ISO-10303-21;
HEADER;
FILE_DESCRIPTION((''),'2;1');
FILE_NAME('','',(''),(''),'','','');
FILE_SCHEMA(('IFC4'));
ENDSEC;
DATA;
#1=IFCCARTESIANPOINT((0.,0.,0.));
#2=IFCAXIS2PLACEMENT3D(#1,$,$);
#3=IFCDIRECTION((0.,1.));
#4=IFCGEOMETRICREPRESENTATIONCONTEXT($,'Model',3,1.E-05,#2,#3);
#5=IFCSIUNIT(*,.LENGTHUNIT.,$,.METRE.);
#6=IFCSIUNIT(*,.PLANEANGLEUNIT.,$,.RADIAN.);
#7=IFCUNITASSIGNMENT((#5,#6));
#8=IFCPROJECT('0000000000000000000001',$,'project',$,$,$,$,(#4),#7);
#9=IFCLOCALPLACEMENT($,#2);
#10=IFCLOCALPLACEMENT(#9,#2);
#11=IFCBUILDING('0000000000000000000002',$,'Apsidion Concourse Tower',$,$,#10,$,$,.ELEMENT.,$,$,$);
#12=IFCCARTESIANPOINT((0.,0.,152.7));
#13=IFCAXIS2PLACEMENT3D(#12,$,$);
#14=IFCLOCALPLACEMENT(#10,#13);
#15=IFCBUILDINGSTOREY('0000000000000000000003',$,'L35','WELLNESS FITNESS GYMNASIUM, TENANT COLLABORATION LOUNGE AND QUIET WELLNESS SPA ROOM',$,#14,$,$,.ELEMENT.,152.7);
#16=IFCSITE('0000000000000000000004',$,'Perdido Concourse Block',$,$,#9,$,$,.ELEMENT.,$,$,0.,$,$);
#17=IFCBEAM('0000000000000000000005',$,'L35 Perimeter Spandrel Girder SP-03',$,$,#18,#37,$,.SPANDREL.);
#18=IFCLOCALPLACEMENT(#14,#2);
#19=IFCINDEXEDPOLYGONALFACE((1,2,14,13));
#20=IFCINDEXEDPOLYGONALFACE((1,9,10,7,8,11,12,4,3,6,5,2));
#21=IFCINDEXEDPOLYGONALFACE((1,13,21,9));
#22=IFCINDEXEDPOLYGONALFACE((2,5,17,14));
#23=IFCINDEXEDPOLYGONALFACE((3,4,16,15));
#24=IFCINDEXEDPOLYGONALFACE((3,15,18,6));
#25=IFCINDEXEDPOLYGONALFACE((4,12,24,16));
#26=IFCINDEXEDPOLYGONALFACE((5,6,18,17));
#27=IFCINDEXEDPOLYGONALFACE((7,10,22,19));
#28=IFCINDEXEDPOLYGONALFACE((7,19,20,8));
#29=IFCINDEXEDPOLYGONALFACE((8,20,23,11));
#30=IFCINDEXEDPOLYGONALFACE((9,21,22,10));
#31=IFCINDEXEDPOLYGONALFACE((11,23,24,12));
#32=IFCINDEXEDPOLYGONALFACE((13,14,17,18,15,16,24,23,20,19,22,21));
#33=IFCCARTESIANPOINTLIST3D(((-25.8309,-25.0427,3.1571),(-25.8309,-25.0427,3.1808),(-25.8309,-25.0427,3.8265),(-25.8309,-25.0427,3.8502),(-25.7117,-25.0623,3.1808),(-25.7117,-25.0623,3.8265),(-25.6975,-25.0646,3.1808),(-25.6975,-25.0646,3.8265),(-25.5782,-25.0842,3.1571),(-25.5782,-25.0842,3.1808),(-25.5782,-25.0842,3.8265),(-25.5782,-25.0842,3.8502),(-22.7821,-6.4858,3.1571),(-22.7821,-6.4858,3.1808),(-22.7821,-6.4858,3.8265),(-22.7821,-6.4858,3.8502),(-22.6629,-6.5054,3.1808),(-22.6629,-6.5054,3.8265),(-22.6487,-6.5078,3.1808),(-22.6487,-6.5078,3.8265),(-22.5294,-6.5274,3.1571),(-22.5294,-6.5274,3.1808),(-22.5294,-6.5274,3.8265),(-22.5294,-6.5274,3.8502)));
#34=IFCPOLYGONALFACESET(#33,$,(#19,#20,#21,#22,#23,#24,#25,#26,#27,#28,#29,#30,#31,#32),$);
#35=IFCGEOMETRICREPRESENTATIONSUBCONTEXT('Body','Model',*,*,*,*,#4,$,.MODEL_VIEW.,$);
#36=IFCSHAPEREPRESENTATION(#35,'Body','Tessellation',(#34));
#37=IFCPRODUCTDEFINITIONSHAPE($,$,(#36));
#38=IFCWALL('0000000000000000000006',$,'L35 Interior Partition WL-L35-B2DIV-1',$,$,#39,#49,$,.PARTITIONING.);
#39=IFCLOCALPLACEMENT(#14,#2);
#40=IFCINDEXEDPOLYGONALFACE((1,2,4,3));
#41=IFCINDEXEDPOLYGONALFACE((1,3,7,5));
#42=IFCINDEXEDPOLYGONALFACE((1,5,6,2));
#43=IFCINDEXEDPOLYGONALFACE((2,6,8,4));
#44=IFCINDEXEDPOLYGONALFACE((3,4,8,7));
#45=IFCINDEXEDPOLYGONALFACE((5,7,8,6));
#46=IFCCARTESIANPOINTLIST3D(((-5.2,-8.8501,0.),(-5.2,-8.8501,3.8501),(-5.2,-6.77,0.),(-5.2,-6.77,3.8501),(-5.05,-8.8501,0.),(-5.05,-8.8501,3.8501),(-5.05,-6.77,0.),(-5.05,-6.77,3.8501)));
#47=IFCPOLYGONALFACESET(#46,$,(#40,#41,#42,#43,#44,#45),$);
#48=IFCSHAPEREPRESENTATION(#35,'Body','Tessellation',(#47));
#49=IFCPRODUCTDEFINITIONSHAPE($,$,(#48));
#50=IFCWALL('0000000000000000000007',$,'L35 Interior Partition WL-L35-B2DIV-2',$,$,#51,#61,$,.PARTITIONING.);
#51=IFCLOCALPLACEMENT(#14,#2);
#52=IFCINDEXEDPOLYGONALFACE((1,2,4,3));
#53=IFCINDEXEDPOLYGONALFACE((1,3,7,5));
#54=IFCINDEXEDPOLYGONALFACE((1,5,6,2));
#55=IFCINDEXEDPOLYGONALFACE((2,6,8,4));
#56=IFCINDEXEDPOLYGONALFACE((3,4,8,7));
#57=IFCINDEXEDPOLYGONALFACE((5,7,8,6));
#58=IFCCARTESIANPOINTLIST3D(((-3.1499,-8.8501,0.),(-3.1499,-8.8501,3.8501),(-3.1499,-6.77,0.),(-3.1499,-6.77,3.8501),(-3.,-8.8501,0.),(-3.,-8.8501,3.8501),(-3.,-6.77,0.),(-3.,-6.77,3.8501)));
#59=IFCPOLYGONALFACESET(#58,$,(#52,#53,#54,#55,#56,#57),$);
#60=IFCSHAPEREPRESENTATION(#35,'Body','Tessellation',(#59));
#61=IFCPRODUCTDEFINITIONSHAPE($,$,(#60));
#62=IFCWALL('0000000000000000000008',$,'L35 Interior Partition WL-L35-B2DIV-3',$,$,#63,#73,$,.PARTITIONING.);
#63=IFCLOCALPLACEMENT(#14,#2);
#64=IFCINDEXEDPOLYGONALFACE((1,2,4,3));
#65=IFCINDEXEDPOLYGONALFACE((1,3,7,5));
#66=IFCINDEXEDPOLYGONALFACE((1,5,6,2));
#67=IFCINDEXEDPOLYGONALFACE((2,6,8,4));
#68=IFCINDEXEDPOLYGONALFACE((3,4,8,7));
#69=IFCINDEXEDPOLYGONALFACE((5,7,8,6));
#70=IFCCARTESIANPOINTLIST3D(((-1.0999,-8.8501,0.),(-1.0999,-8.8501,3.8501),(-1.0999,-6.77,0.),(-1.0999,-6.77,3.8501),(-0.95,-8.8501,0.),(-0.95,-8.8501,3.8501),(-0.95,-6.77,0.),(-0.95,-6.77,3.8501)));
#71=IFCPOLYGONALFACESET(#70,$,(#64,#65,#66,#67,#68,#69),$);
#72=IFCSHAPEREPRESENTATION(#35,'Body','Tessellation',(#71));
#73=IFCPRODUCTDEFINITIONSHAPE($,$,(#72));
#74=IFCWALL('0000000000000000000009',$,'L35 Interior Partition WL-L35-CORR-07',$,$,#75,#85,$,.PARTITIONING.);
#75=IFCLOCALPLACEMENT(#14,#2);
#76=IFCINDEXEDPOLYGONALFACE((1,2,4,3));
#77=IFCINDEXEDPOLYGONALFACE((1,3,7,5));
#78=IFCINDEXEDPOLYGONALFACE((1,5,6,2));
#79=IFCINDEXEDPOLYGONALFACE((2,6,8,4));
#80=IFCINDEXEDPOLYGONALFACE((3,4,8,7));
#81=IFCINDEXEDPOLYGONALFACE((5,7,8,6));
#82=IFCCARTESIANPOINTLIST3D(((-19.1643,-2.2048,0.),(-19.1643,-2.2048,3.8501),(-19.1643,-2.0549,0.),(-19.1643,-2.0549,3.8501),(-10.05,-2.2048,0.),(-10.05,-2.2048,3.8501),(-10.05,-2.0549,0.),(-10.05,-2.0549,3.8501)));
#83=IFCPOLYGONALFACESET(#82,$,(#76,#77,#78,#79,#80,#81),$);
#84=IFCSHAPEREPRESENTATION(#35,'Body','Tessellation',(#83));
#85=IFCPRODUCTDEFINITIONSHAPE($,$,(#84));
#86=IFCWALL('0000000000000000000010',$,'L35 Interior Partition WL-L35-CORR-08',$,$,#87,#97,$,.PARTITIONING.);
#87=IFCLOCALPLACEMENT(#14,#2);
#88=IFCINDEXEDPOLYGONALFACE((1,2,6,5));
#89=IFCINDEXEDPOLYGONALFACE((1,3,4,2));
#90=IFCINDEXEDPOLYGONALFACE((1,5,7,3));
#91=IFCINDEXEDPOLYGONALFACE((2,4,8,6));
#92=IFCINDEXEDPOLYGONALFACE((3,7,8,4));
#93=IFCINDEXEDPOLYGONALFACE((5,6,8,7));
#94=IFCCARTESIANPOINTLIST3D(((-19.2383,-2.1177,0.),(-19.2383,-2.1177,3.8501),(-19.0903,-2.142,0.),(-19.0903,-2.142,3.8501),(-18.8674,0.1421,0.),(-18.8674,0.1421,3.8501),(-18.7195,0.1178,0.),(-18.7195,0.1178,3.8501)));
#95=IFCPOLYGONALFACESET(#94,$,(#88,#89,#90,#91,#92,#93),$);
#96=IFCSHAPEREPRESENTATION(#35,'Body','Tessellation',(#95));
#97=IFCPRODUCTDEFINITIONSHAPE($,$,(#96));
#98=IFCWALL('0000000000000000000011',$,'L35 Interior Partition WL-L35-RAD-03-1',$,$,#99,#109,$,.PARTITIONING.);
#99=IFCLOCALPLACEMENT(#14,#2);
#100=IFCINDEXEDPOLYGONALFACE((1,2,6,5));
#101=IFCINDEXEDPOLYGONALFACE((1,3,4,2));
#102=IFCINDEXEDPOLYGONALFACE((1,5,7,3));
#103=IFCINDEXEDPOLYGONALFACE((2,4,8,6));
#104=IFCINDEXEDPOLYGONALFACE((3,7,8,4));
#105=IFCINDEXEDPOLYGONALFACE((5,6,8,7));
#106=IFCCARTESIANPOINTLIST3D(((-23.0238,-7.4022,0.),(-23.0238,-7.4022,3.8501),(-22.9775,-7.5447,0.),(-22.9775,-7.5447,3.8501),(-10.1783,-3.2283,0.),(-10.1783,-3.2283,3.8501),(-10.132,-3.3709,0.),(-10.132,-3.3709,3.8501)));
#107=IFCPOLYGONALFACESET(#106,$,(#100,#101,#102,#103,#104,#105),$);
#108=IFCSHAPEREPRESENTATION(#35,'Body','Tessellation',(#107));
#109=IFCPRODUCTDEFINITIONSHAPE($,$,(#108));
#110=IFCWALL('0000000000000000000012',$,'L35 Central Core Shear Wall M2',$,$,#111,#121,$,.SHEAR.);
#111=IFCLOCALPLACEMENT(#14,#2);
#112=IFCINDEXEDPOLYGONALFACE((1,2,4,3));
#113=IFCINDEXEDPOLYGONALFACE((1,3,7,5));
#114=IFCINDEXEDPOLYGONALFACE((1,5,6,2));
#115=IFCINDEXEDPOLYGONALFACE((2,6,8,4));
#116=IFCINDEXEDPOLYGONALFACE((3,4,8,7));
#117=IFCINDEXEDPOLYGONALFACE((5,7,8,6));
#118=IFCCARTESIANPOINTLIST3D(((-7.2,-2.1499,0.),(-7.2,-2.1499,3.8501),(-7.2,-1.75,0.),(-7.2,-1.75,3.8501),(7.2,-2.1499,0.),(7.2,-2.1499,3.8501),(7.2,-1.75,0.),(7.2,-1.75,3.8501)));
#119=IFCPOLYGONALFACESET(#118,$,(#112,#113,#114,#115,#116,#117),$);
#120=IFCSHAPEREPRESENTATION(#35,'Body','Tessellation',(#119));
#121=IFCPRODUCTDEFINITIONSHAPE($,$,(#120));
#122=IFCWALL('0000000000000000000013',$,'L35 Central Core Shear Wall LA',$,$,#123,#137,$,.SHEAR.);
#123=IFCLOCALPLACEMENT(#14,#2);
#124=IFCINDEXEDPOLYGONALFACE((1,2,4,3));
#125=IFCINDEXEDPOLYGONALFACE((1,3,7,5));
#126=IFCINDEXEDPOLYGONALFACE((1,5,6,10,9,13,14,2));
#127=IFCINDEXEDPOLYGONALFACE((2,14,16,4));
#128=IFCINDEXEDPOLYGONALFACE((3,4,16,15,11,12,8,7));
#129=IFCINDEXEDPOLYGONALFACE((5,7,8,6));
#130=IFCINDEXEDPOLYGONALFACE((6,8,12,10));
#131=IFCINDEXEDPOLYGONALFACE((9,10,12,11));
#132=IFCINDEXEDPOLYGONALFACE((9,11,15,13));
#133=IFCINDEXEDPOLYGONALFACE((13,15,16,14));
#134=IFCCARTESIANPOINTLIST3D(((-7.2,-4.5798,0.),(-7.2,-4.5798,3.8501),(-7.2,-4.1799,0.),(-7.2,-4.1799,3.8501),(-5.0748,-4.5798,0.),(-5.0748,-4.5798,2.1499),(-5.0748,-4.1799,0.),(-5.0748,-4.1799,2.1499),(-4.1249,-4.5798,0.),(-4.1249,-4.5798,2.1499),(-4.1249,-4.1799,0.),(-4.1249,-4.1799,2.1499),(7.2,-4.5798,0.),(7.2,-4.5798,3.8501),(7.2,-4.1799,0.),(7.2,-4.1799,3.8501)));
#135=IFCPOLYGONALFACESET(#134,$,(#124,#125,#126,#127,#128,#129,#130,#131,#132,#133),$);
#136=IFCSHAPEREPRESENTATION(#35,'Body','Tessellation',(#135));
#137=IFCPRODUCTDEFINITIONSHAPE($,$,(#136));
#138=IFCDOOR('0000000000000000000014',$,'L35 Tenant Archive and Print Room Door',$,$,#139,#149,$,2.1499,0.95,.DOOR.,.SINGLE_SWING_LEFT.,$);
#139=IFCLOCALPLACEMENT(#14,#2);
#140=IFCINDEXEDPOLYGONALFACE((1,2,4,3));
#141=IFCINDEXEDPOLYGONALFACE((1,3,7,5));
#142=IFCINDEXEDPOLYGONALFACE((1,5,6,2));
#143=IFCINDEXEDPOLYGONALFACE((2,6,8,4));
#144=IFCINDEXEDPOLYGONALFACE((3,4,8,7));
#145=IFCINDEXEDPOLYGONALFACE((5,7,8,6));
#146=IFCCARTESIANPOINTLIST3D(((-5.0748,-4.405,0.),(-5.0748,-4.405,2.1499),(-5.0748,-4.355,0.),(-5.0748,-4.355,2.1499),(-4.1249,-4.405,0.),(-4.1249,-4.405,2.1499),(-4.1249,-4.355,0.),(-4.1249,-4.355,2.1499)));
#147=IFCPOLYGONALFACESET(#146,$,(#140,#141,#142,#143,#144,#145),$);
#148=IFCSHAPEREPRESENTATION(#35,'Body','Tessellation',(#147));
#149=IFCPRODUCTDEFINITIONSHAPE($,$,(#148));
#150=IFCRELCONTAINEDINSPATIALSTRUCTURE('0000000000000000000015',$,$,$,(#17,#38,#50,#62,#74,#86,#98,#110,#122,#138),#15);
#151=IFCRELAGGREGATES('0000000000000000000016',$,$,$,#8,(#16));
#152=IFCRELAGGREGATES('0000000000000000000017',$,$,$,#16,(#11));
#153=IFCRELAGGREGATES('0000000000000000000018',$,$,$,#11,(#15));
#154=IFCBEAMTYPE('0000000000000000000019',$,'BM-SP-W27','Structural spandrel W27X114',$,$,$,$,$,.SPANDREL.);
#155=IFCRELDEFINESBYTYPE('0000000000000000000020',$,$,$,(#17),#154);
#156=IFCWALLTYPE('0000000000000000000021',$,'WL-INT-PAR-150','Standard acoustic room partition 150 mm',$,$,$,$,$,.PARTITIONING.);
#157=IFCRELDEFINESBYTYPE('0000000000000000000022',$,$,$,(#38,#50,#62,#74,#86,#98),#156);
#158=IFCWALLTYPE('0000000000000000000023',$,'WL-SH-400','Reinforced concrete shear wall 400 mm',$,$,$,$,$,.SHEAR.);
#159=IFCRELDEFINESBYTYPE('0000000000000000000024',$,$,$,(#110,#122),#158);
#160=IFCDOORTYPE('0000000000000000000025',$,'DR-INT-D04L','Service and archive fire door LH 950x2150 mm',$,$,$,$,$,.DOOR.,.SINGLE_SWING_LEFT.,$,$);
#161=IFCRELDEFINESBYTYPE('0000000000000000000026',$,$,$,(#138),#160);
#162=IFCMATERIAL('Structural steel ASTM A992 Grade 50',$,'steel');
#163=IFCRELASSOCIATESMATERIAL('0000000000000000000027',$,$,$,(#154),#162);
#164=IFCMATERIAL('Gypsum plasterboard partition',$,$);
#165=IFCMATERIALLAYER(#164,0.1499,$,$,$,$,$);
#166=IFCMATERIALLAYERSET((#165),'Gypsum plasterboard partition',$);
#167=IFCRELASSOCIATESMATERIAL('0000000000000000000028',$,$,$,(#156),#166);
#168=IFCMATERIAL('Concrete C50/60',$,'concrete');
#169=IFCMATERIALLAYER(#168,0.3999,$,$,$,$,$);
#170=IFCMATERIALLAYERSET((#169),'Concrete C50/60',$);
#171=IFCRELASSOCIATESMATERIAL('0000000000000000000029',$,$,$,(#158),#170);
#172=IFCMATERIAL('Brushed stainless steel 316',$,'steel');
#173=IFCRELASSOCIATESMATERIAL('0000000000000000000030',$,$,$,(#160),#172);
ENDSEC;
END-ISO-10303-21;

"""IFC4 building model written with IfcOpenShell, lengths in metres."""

from ifc_helpers import new_model, si_unit, direction, frame, frame_2d, origin, origin_2d, place, context, subcontext, project, spatial, rectangle, i_section, extrude, material, layer, layer_set, material_profile, profile_set, type_object, element, fill, save


model = new_model("IFC4")

# Units and contexts
model_context = context("Model", 3, precision=1e-05, world=origin(), true_north=direction((0.0, 1.0)))
body_context = subcontext(model_context, "Body", "Model", "MODEL_VIEW")
ifc_project = project(units=[si_unit("LENGTHUNIT", "METRE"), si_unit("PLANEANGLEUNIT", "RADIAN")], contexts=[model_context])

# Site, building, storey
site_placement = place(None, origin())
site = spatial("IfcSite", under=ifc_project, at=site_placement, Name="Perdido Concourse Block", CompositionType="ELEMENT", RefElevation=0.0)
building_placement = place(site_placement, origin())
building = spatial("IfcBuilding", under=site, at=building_placement, Name="Apsidion Concourse Tower", CompositionType="ELEMENT")
storey_placement = place(building_placement, frame((0.0, 0.0, 152.7)))
storey = spatial("IfcBuildingStorey", under=building, at=storey_placement, Name="L35", Description="WELLNESS FITNESS GYMNASIUM, TENANT COLLABORATION LOUNGE AND QUIET WELLNESS SPA ROOM", CompositionType="ELEMENT", Elevation=152.7)

# Shared definitions
ifc_material_1 = material(Name="Concrete C50/60", Category="concrete")
ifc_material_2 = material(Name="Structural steel ASTM A992 Grade 50", Category="steel")

# Beam
ifc_material_profile_1 = material_profile(ifc_material_2, i_section(OverallWidth=0.2561, OverallDepth=0.6931, WebThickness=0.0144, FlangeThickness=0.0237, at=origin_2d()), Name="W27X114")
ifc_profile_set_1 = profile_set([ifc_material_profile_1], Name="Structural steel ASTM A992 Grade 50")
beam_type_1 = type_object("IfcBeamType", Name="BM-SP-W27", Description="Structural spandrel W27X114", PredefinedType="SPANDREL", material=ifc_profile_set_1)
beam_1_placement = place(storey_placement, frame((-22.6558, -6.5066, 3.5037), z_axis=(-0.162123, -0.986771, 0.0), x_axis=(0.986771, -0.162123, 0.0)))
element("IfcBeam", 1, at=beam_1_placement, inside=storey, type_object=beam_type_1, Name="L35 Perimeter Spandrel Girder SP-03", PredefinedType="SPANDREL", context=body_context, shape_type="SweptSolid", body=[
    extrude(i_section(OverallWidth=0.2561, OverallDepth=0.6931, WebThickness=0.0144, FlangeThickness=0.0237, at=origin_2d()), origin(), (0.0, 0.0, 1.0), 18.8057),
])

# Walls
ifc_material_3 = material(Name="Gypsum plasterboard partition")
ifc_layer_1 = layer(ifc_material_3, 0.1499)
ifc_layer_set_1 = layer_set([ifc_layer_1], Name="Gypsum plasterboard partition")
wall_type_1 = type_object("IfcWallType", Name="WL-INT-PAR-150", Description="Standard acoustic room partition 150 mm", PredefinedType="PARTITIONING", material=ifc_layer_set_1)
for number, where, z_axis, x_axis, name in (
    (2, (-5.125, -8.8501, 0.0), (0.0, 0.0, 1.0), (0.0, 1.0, 0.0), "L35 Interior Partition WL-L35-B2DIV-1"),
    (3, (-3.075, -8.8501, 0.0), (0.0, 0.0, 1.0), (0.0, 1.0, 0.0), "L35 Interior Partition WL-L35-B2DIV-2"),
    (4, (-1.0249, -8.8501, 0.0), (0.0, 0.0, 1.0), (0.0, 1.0, 0.0), "L35 Interior Partition WL-L35-B2DIV-3"),
):
    element("IfcWall", number, at=place(storey_placement, frame(where, z_axis=z_axis, x_axis=x_axis)), inside=storey, type_object=wall_type_1, Name=name, PredefinedType="PARTITIONING", context=body_context, shape_type="SweptSolid", body=[
        extrude(rectangle(XDim=2.0801, YDim=0.1499, at=frame_2d((1.04, 0.0))), origin(), (0.0, 0.0, 1.0), 3.8501),
    ])
wall_1_placement = place(storey_placement, frame((-10.05, -2.1299, 0.0), z_axis=(0.0, 0.0, 1.0), x_axis=(-1.0, 0.0, 0.0)))
element("IfcWall", 5, at=wall_1_placement, inside=storey, type_object=wall_type_1, Name="L35 Interior Partition WL-L35-CORR-07", PredefinedType="PARTITIONING", context=body_context, shape_type="SweptSolid", body=[
    extrude(rectangle(XDim=9.1143, YDim=0.1499, at=frame_2d((4.5571, 0.0))), origin(), (0.0, 0.0, 1.0), 3.8501),
])
wall_2_placement = place(storey_placement, frame((-19.1643, -2.1299, 0.0), z_axis=(0.0, 0.0, 1.0), x_axis=(0.161944, 0.9868, 0.0)))
element("IfcWall", 6, at=wall_2_placement, inside=storey, type_object=wall_type_1, Name="L35 Interior Partition WL-L35-CORR-08", PredefinedType="PARTITIONING", context=body_context, shape_type="SweptSolid", body=[
    extrude(rectangle(XDim=2.29, YDim=0.1499, at=frame_2d((1.145, 0.0))), origin(), (0.0, 0.0, 1.0), 3.8501),
])
wall_3_placement = place(storey_placement, frame((-10.155, -3.2996, 0.0), z_axis=(0.0, 0.0, 1.0), x_axis=(-0.951055, -0.309023, 0.0)))
element("IfcWall", 7, at=wall_3_placement, inside=storey, type_object=wall_type_1, Name="L35 Interior Partition WL-L35-RAD-03-1", PredefinedType="PARTITIONING", context=body_context, shape_type="SweptSolid", body=[
    extrude(rectangle(XDim=13.5066, YDim=0.1499, at=frame_2d((6.7534, 0.0))), origin(), (0.0, 0.0, 1.0), 3.8501),
])

# Shared definitions
ifc_material_4 = material(Name="Brushed stainless steel 316", Category="steel")

# Wall
ifc_layer_2 = layer(ifc_material_1, 0.3999)
ifc_layer_set_2 = layer_set([ifc_layer_2], Name="Concrete C50/60")
wall_type_2 = type_object("IfcWallType", Name="WL-SH-400", Description="Reinforced concrete shear wall 400 mm", PredefinedType="SHEAR", material=ifc_layer_set_2)
wall_4_placement = place(storey_placement, frame((-7.2, -1.95, 0.0), z_axis=(0.0, 0.0, 1.0), x_axis=(1.0, 0.0, 0.0)))
element("IfcWall", 8, at=wall_4_placement, inside=storey, type_object=wall_type_2, Name="L35 Central Core Shear Wall M2", PredefinedType="SHEAR", context=body_context, shape_type="SweptSolid", body=[
    extrude(rectangle(XDim=14.3999, YDim=0.3999, at=frame_2d((7.2, 0.0))), origin(), (0.0, 0.0, 1.0), 3.8501),
])

# Wall, opening, door
wall_5_placement = place(storey_placement, frame((-7.2, -4.3799, 0.0), z_axis=(0.0, 0.0, 1.0), x_axis=(1.0, 0.0, 0.0)))
wall_5 = element("IfcWall", 9, at=wall_5_placement, inside=storey, type_object=wall_type_2, Name="L35 Central Core Shear Wall LA", PredefinedType="SHEAR", context=body_context, shape_type="SweptSolid", body=[
    extrude(rectangle(XDim=14.3999, YDim=0.3999, at=frame_2d((7.2, 0.0))), origin(), (0.0, 0.0, 1.0), 3.8501),
])
opening_1_placement = place(wall_5_placement, frame((2.125, 0.0, 0.0)))
opening_1 = element("IfcOpeningElement", 10, at=opening_1_placement, cuts=wall_5, PredefinedType="OPENING", context=body_context, shape_type="SweptSolid", body=[
    extrude(rectangle(XDim=0.95, YDim=2.1499, at=frame_2d((0.4751, 1.075))), frame((0.0, 0.21, 0.0), z_axis=(0.0, -1.0, 0.0), x_axis=(1.0, 0.0, 0.0)), (0.0, 0.0, 1.0), 0.4199),
])
door_type_1 = type_object("IfcDoorType", Name="DR-INT-D04L", Description="Service and archive fire door LH 950x2150 mm", OperationType="SINGLE_SWING_LEFT", PredefinedType="DOOR", material=ifc_material_4)
door_1_placement = place(opening_1_placement, origin())
door_1 = element("IfcDoor", 11, at=door_1_placement, inside=storey, type_object=door_type_1, Name="L35 Tenant Archive and Print Room Door", OperationType="SINGLE_SWING_LEFT", OverallHeight=2.1499, OverallWidth=0.95, PredefinedType="DOOR", context=body_context, shape_type="SweptSolid", body=[
    extrude(rectangle(XDim=0.95, YDim=2.1499, at=frame_2d((0.4751, 1.075))), frame((0.0, 0.0249, 0.0), z_axis=(0.0, -1.0, 0.0), x_axis=(1.0, 0.0, 0.0)), (0.0, 0.0, 1.0), 0.05),
])
fill(opening_1, door_1)

save(model, "model.ifc")
